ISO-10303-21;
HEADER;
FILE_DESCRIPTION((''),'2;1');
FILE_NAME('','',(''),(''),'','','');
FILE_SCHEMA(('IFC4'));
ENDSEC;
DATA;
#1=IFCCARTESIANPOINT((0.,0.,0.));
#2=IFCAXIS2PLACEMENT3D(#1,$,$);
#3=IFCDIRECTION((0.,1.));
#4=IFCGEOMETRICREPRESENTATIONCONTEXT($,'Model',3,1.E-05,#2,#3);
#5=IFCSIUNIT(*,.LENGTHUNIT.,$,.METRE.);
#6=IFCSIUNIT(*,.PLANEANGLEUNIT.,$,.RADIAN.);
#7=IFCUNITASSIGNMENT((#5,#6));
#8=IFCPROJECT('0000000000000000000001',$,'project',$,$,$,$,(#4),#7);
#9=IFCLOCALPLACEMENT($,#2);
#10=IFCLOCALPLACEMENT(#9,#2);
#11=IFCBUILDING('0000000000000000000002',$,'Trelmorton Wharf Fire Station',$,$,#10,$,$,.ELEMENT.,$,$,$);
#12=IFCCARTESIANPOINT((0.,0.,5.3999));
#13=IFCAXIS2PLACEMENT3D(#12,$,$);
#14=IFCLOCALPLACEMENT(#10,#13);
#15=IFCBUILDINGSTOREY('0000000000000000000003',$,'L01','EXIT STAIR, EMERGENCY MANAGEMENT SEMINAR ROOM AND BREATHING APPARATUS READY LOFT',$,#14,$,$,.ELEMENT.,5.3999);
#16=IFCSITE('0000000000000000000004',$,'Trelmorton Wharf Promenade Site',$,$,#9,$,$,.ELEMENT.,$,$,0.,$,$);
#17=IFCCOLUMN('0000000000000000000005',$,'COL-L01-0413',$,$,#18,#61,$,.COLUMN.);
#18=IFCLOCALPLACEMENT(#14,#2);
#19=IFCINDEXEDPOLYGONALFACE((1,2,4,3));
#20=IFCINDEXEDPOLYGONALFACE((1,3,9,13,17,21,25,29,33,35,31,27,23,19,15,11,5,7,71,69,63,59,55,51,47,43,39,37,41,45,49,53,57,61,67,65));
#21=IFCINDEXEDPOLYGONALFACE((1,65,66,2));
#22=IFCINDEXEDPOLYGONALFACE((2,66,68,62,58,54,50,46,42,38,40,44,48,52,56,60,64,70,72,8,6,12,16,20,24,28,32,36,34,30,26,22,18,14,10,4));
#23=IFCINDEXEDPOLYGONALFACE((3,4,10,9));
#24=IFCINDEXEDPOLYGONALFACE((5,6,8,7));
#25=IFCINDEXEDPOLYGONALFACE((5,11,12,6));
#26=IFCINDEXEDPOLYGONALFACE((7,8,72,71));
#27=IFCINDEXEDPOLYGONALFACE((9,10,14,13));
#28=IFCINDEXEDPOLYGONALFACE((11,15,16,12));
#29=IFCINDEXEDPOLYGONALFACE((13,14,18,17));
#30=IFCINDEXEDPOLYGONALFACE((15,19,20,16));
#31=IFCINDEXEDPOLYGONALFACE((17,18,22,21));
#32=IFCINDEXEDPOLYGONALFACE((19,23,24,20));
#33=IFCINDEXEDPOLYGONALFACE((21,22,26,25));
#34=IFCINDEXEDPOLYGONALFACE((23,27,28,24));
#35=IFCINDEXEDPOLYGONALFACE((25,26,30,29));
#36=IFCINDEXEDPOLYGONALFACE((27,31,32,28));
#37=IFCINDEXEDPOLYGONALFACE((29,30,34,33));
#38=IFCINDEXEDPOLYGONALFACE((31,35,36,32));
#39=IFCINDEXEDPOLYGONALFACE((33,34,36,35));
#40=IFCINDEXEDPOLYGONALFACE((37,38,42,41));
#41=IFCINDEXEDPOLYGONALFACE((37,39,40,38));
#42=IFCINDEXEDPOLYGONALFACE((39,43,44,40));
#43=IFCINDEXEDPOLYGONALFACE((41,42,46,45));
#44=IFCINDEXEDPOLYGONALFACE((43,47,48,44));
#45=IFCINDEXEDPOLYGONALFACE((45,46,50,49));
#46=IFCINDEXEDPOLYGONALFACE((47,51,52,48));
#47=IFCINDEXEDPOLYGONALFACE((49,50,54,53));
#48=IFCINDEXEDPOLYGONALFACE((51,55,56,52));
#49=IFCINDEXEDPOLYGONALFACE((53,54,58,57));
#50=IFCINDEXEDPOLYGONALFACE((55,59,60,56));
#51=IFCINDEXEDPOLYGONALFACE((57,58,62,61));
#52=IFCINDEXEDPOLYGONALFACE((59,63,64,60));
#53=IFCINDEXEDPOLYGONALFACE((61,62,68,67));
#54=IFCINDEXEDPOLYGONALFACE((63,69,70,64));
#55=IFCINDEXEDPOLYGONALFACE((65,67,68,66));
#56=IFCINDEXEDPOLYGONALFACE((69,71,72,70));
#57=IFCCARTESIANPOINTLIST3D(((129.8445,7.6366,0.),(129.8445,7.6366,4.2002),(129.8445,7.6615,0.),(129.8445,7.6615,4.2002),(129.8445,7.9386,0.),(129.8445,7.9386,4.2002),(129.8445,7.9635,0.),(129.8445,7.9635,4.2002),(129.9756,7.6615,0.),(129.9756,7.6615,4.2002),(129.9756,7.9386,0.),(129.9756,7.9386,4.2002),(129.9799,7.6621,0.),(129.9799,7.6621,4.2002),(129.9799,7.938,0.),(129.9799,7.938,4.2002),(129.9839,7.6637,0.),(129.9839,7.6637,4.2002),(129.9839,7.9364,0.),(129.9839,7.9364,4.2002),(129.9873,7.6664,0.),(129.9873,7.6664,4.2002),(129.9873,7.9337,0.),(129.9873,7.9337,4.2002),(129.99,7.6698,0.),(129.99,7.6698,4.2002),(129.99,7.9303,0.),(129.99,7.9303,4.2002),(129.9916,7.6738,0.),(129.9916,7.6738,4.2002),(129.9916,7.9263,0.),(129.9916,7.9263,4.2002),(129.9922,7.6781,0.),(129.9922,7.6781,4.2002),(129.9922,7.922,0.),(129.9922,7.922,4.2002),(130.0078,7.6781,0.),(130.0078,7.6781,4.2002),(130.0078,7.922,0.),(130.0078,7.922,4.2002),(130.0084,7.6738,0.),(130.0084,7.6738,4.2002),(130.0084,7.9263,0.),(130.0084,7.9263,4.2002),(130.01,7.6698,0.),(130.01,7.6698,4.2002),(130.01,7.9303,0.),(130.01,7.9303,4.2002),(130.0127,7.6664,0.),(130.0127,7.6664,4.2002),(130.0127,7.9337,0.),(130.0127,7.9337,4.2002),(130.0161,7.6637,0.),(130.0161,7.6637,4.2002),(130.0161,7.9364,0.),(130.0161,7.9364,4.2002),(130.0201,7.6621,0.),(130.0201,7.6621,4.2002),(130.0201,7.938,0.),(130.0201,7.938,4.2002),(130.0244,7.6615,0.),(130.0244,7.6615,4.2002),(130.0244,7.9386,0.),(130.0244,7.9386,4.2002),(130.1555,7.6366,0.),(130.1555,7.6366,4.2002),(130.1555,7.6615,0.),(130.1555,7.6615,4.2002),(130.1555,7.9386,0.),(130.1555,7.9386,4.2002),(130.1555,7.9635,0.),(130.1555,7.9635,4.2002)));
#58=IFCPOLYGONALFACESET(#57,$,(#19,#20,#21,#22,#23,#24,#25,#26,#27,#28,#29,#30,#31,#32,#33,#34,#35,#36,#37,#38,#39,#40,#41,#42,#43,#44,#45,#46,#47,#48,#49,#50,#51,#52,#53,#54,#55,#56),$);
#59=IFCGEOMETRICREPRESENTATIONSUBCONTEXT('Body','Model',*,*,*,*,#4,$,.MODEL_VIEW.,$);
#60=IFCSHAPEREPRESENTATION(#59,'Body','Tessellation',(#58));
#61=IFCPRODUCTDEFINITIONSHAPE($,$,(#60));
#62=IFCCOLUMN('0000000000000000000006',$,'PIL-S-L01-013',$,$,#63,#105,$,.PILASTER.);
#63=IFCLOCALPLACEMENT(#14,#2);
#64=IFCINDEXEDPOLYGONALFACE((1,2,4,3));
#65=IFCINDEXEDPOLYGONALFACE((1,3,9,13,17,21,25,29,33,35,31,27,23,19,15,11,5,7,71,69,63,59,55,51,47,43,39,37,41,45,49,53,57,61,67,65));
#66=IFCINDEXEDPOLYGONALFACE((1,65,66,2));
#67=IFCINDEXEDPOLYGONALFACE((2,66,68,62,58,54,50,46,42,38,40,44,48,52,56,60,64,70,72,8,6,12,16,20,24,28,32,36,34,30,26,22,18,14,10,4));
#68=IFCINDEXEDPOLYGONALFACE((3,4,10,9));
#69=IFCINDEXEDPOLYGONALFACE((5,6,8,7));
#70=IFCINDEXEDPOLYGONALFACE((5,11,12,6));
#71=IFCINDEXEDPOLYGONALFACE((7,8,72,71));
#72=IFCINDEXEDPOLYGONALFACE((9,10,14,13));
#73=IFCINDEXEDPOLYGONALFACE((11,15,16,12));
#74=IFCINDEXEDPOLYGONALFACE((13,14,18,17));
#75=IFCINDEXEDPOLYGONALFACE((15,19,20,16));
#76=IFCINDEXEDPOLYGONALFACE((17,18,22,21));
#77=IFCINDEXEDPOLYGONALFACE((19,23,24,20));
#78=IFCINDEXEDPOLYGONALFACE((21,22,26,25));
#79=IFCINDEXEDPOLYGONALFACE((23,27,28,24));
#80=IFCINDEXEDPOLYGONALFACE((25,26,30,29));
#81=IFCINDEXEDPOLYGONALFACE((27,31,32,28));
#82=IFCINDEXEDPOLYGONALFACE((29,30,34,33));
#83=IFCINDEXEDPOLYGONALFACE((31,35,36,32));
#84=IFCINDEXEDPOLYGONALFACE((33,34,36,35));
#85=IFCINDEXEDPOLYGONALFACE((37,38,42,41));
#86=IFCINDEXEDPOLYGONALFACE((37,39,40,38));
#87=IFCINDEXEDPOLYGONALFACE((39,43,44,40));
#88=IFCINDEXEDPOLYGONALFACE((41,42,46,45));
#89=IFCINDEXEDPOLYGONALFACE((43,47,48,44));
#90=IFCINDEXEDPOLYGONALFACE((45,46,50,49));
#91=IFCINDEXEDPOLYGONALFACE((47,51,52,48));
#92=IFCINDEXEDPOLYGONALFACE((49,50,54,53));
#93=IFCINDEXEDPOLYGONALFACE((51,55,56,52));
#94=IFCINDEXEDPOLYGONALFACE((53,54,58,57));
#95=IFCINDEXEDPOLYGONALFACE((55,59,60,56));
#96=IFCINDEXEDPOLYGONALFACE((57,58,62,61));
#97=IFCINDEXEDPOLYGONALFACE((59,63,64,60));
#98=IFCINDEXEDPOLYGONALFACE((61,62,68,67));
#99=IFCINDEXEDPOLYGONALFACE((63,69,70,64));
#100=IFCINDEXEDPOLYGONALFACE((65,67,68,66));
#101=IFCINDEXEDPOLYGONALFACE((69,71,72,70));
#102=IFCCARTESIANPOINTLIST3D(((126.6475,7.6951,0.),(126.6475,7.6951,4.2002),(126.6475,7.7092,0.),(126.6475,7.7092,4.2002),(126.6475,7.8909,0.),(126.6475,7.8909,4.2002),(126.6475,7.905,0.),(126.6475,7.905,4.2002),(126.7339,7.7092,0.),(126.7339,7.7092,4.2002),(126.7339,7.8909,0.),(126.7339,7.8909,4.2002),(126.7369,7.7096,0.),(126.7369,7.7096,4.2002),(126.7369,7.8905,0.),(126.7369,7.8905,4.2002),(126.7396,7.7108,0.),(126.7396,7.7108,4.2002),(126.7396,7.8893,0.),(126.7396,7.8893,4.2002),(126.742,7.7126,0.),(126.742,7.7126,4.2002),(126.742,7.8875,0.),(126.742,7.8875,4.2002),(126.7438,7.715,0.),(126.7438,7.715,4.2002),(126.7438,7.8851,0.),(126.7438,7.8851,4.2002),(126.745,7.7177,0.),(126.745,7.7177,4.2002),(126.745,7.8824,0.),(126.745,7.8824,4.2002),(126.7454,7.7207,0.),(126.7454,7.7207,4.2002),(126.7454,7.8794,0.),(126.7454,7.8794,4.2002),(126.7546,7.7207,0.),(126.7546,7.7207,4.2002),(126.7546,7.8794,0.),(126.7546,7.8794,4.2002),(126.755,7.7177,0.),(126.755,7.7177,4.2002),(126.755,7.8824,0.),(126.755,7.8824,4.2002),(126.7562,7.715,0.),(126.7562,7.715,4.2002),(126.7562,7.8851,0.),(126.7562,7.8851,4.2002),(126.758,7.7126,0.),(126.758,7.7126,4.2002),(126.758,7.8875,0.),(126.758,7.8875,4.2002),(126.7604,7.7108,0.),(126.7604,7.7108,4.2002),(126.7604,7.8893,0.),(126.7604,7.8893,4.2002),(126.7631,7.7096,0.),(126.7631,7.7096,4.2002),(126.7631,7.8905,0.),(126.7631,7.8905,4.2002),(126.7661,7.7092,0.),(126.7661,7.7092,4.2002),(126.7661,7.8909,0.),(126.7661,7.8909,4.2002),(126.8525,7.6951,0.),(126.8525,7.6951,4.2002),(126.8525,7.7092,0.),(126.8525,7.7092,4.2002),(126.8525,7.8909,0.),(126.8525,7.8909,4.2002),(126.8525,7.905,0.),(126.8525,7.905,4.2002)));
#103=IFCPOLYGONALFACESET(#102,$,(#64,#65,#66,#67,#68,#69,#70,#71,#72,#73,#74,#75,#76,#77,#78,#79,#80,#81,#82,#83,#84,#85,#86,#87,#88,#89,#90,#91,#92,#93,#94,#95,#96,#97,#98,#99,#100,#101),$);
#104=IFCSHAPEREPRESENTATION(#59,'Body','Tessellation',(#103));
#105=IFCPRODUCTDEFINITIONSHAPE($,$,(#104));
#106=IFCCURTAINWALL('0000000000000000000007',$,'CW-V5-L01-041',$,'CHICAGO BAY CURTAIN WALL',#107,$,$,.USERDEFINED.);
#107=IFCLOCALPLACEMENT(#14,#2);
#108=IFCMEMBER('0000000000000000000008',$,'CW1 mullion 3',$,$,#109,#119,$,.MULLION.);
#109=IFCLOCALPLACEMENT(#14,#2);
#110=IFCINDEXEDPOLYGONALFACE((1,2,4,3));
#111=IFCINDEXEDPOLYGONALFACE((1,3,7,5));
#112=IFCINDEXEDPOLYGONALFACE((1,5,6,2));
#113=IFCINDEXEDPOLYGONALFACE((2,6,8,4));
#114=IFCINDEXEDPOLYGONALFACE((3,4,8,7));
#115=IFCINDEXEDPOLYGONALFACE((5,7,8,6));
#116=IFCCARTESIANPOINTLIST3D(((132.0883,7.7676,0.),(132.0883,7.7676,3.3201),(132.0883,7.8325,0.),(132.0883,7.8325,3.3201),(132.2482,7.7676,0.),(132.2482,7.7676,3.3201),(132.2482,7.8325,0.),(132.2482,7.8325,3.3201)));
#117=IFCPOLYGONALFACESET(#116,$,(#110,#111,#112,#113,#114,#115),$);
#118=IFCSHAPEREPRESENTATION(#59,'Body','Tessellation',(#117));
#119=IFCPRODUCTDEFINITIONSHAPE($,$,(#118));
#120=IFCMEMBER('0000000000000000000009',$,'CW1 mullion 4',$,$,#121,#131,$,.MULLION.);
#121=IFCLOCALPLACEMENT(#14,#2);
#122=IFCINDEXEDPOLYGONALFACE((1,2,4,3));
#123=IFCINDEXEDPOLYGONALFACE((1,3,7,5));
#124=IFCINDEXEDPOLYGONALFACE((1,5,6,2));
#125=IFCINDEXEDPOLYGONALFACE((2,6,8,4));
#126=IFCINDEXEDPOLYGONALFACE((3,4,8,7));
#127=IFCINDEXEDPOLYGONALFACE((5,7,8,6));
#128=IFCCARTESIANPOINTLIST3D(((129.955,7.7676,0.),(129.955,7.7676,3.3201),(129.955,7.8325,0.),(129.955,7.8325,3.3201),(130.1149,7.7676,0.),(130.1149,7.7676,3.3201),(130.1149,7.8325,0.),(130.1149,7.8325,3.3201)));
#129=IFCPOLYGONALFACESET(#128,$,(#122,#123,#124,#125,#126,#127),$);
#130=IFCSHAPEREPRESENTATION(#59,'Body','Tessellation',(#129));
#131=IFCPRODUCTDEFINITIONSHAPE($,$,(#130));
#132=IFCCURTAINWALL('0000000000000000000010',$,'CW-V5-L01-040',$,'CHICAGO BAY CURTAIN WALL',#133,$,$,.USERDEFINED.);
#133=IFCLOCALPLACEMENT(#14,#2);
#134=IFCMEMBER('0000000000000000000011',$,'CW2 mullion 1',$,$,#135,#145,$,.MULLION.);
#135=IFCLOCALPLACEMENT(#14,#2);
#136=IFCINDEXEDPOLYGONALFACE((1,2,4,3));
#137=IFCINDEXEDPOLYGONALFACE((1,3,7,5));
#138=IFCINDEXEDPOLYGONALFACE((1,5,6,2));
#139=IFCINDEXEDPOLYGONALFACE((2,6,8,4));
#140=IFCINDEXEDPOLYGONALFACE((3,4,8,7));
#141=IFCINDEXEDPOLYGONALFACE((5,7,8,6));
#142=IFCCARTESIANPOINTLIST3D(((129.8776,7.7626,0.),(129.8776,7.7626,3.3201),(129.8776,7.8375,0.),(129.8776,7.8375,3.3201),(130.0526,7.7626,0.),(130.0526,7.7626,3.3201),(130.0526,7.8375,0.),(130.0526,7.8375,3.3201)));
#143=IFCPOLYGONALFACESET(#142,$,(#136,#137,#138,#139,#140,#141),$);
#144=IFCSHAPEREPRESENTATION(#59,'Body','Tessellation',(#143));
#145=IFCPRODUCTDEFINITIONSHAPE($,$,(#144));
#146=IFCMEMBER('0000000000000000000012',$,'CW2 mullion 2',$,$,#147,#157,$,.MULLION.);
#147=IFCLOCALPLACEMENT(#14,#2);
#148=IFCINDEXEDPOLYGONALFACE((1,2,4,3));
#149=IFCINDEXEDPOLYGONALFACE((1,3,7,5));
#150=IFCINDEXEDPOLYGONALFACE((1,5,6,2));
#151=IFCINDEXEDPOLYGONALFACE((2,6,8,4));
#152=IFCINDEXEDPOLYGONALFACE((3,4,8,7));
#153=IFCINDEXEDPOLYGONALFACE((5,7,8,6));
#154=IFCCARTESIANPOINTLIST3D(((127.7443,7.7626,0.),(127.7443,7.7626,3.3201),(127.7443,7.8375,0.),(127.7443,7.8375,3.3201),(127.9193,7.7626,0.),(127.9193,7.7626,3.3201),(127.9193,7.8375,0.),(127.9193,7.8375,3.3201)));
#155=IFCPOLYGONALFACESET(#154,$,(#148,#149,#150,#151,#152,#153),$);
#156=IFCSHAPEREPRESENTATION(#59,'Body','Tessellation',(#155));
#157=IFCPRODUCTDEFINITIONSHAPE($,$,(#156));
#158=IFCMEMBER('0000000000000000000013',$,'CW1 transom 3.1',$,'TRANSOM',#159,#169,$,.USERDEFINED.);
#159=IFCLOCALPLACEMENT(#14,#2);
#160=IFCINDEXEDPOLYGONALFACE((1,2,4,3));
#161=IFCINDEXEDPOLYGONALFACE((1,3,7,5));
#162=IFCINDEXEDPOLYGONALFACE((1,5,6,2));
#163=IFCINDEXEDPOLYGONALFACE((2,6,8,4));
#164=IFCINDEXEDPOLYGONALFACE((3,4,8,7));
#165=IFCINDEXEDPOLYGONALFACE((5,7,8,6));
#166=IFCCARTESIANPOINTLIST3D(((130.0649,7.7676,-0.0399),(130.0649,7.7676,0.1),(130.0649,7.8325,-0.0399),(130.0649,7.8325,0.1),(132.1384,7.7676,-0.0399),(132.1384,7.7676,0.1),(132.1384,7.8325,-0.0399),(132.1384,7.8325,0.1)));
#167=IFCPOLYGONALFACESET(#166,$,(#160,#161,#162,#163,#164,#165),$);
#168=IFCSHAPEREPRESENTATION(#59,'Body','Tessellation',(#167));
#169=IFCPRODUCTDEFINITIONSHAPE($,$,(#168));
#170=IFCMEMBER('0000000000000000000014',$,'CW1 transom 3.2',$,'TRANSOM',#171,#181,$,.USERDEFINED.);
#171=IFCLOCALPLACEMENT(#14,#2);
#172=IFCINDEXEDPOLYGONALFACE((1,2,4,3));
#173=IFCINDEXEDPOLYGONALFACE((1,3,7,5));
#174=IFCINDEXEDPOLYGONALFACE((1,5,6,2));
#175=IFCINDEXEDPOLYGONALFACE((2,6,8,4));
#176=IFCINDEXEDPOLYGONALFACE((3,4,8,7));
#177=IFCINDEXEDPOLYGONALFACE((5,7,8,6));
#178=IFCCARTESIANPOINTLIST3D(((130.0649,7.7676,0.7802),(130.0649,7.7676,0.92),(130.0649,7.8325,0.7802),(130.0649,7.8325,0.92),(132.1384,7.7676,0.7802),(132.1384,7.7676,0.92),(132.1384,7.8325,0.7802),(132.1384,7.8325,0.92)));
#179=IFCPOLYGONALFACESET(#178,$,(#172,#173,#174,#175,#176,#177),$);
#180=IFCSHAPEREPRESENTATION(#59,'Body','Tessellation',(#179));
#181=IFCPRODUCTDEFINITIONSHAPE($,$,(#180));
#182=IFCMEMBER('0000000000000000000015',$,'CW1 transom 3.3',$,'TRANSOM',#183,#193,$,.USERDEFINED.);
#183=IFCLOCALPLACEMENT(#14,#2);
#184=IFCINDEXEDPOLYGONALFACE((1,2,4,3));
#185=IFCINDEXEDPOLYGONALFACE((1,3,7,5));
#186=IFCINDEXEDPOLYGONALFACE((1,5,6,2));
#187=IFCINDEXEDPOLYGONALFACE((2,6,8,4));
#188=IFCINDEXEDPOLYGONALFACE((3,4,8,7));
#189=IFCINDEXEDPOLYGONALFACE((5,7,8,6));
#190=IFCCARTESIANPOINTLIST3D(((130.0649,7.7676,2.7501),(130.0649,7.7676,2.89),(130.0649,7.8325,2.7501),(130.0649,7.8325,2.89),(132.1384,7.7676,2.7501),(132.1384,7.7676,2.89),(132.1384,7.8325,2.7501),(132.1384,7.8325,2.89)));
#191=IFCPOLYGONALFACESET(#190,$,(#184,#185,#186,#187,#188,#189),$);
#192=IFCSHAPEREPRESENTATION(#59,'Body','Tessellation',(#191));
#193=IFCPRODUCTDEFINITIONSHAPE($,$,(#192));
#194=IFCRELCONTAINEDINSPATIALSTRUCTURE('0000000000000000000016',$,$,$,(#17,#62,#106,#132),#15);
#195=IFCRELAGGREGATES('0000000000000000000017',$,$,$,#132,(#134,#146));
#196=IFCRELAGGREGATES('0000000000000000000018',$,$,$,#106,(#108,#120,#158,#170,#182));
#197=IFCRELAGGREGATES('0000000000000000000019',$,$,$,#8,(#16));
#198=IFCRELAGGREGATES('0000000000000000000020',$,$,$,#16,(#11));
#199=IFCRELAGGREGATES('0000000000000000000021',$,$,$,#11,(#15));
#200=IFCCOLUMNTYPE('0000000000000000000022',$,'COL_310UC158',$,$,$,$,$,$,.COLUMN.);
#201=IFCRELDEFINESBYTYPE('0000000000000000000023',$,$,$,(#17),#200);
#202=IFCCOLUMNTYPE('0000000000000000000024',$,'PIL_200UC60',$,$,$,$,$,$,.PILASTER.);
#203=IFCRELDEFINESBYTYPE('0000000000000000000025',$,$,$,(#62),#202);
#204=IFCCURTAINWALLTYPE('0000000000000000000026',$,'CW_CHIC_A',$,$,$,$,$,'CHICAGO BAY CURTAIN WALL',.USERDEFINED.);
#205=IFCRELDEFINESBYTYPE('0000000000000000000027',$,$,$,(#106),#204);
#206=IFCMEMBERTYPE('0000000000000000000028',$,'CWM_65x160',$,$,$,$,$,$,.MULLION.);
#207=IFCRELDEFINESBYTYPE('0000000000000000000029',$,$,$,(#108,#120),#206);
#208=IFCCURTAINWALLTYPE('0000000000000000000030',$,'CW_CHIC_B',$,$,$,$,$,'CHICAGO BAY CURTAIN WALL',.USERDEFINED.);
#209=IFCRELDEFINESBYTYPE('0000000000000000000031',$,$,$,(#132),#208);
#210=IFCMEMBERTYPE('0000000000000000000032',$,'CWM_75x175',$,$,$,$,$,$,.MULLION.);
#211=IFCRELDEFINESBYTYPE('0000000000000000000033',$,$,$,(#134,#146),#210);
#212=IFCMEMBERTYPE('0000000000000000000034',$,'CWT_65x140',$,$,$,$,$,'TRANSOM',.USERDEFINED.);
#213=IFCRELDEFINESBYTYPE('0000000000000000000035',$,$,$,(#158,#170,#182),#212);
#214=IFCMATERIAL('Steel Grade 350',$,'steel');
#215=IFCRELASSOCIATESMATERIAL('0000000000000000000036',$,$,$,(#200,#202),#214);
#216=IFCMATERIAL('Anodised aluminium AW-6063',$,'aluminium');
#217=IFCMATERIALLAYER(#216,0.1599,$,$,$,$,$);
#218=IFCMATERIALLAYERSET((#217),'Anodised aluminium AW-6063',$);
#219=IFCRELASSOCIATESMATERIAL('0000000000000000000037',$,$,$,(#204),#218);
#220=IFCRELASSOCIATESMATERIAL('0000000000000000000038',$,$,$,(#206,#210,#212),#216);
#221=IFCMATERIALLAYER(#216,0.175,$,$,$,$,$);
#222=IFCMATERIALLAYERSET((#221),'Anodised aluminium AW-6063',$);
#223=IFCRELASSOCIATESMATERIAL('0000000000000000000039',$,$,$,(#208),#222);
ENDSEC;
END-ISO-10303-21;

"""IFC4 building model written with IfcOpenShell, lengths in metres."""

from ifc_helpers import new_model, si_unit, direction, frame, origin, origin_2d, place, context, subcontext, project, spatial, rectangle, i_section, extrude, material, layer, layer_set, material_profile, profile_set, type_object, element, aggregate, save


model = new_model("IFC4")

# Units and contexts
model_context = context("Model", 3, precision=1e-05, world=origin(), true_north=direction((0.0, 1.0)))
body_context = subcontext(model_context, "Body", "Model", "MODEL_VIEW")
ifc_project = project(units=[si_unit("LENGTHUNIT", "METRE"), si_unit("PLANEANGLEUNIT", "RADIAN")], contexts=[model_context])

# Site, building, storey
site_placement = place(None, origin())
site = spatial("IfcSite", under=ifc_project, at=site_placement, Name="Trelmorton Wharf Promenade Site", CompositionType="ELEMENT", RefElevation=0.0)
building_placement = place(site_placement, origin())
building = spatial("IfcBuilding", under=site, at=building_placement, Name="Trelmorton Wharf Fire Station", CompositionType="ELEMENT")
storey_placement = place(building_placement, frame((0.0, 0.0, 5.3999)))
storey = spatial("IfcBuildingStorey", under=building, at=storey_placement, Name="L01", Description="EXIT STAIR, EMERGENCY MANAGEMENT SEMINAR ROOM AND BREATHING APPARATUS READY LOFT", CompositionType="ELEMENT", Elevation=5.3999)

# Columns
ifc_material_1 = material(Name="Steel Grade 350", Category="steel")
ifc_material_profile_1 = material_profile(ifc_material_1, i_section(OverallWidth=0.311, OverallDepth=0.3269, WebThickness=0.0156, FlangeThickness=0.0249, FilletRadius=0.0166, at=origin_2d()), Name="310UC158")
ifc_profile_set_1 = profile_set([ifc_material_profile_1], Name="Steel Grade 350")
column_type_1 = type_object("IfcColumnType", Name="COL_310UC158", PredefinedType="COLUMN", material=ifc_profile_set_1)
column_1_placement = place(storey_placement, frame((130.0, 7.8, 0.0), z_axis=(0.0, 0.0, 1.0), x_axis=(1.0, 0.0, 0.0)))
element("IfcColumn", 1, at=column_1_placement, inside=storey, type_object=column_type_1, Name="COL-L01-0413", PredefinedType="COLUMN", context=body_context, shape_type="SweptSolid", body=[
    extrude(i_section(OverallWidth=0.311, OverallDepth=0.3269, WebThickness=0.0156, FlangeThickness=0.0249, FilletRadius=0.0166, at=origin_2d()), origin(), (0.0, 0.0, 1.0), 4.2002),
])
ifc_material_profile_2 = material_profile(ifc_material_1, i_section(OverallWidth=0.2051, OverallDepth=0.21, WebThickness=0.0093, FlangeThickness=0.0142, FilletRadius=0.0115, at=origin_2d()), Name="200UC59.5")
ifc_profile_set_2 = profile_set([ifc_material_profile_2], Name="Steel Grade 350")
column_type_2 = type_object("IfcColumnType", Name="PIL_200UC60", PredefinedType="PILASTER", material=ifc_profile_set_2)
column_2_placement = place(storey_placement, frame((126.75, 7.8, 0.0), z_axis=(0.0, 0.0, 1.0), x_axis=(1.0, 0.0, 0.0)))
element("IfcColumn", 2, at=column_2_placement, inside=storey, type_object=column_type_2, Name="PIL-S-L01-013", PredefinedType="PILASTER", context=body_context, shape_type="SweptSolid", body=[
    extrude(i_section(OverallWidth=0.2051, OverallDepth=0.21, WebThickness=0.0093, FlangeThickness=0.0142, FilletRadius=0.0115, at=origin_2d()), origin(), (0.0, 0.0, 1.0), 4.2002),
])

# Curtain walls, members
ifc_material_2 = material(Name="Anodised aluminium AW-6063", Category="aluminium")
ifc_layer_1 = layer(ifc_material_2, 0.1599)
ifc_layer_set_1 = layer_set([ifc_layer_1], Name="Anodised aluminium AW-6063")
curtain_wall_type_1 = type_object("IfcCurtainWallType", Name="CW_CHIC_A", ElementType="CHICAGO BAY CURTAIN WALL", PredefinedType="USERDEFINED", material=ifc_layer_set_1)
curtain_wall_1_placement = place(storey_placement, origin())
curtain_wall_1 = element("IfcCurtainWall", 3, at=curtain_wall_1_placement, inside=storey, type_object=curtain_wall_type_1, Name="CW-V5-L01-041", ObjectType="CHICAGO BAY CURTAIN WALL", PredefinedType="USERDEFINED")
ifc_material_profile_3 = material_profile(ifc_material_2, rectangle(XDim=0.0649, YDim=0.1599, at=origin_2d()), Name="ALU-65x160")
ifc_profile_set_3 = profile_set([ifc_material_profile_3], Name="Anodised aluminium AW-6063")
member_type_1 = type_object("IfcMemberType", Name="CWM_65x160", PredefinedType="MULLION", material=ifc_profile_set_3)
member_1_placement = place(storey_placement, frame((132.1682, 7.8, 0.0), z_axis=(0.0, 0.0, 1.0), x_axis=(0.0, -1.0, 0.0)))
member_1 = element("IfcMember", 4, at=member_1_placement, type_object=member_type_1, Name="CW1 mullion 3", PredefinedType="MULLION", context=body_context, shape_type="SweptSolid", body=[
    extrude(rectangle(XDim=0.0649, YDim=0.1599, at=origin_2d()), origin(), (0.0, 0.0, 1.0), 3.3201),
])
member_2_placement = place(storey_placement, frame((130.0349, 7.8, 0.0), z_axis=(0.0, 0.0, 1.0), x_axis=(0.0, -1.0, 0.0)))
member_2 = element("IfcMember", 5, at=member_2_placement, type_object=member_type_1, Name="CW1 mullion 4", PredefinedType="MULLION", context=body_context, shape_type="SweptSolid", body=[
    extrude(rectangle(XDim=0.0649, YDim=0.1599, at=origin_2d()), origin(), (0.0, 0.0, 1.0), 3.3201),
])
ifc_layer_2 = layer(ifc_material_2, 0.175)
ifc_layer_set_2 = layer_set([ifc_layer_2], Name="Anodised aluminium AW-6063")
curtain_wall_type_2 = type_object("IfcCurtainWallType", Name="CW_CHIC_B", ElementType="CHICAGO BAY CURTAIN WALL", PredefinedType="USERDEFINED", material=ifc_layer_set_2)
curtain_wall_2_placement = place(storey_placement, origin())
curtain_wall_2 = element("IfcCurtainWall", 6, at=curtain_wall_2_placement, inside=storey, type_object=curtain_wall_type_2, Name="CW-V5-L01-040", ObjectType="CHICAGO BAY CURTAIN WALL", PredefinedType="USERDEFINED")
ifc_material_profile_4 = material_profile(ifc_material_2, rectangle(XDim=0.075, YDim=0.175, at=origin_2d()), Name="ALU-75x175")
ifc_profile_set_4 = profile_set([ifc_material_profile_4], Name="Anodised aluminium AW-6063")
member_type_2 = type_object("IfcMemberType", Name="CWM_75x175", PredefinedType="MULLION", material=ifc_profile_set_4)
member_3_placement = place(storey_placement, frame((129.9651, 7.8, 0.0), z_axis=(0.0, 0.0, 1.0), x_axis=(0.0, -1.0, 0.0)))
member_3 = element("IfcMember", 7, at=member_3_placement, type_object=member_type_2, Name="CW2 mullion 1", PredefinedType="MULLION", context=body_context, shape_type="SweptSolid", body=[
    extrude(rectangle(XDim=0.075, YDim=0.175, at=origin_2d()), origin(), (0.0, 0.0, 1.0), 3.3201),
])
member_4_placement = place(storey_placement, frame((127.8318, 7.8, 0.0), z_axis=(0.0, 0.0, 1.0), x_axis=(0.0, -1.0, 0.0)))
member_4 = element("IfcMember", 8, at=member_4_placement, type_object=member_type_2, Name="CW2 mullion 2", PredefinedType="MULLION", context=body_context, shape_type="SweptSolid", body=[
    extrude(rectangle(XDim=0.075, YDim=0.175, at=origin_2d()), origin(), (0.0, 0.0, 1.0), 3.3201),
])

# Members
ifc_material_profile_5 = material_profile(ifc_material_2, rectangle(XDim=0.0649, YDim=0.1399, at=origin_2d()), Name="ALU-65x140")
ifc_profile_set_5 = profile_set([ifc_material_profile_5], Name="Anodised aluminium AW-6063")
member_type_3 = type_object("IfcMemberType", Name="CWT_65x140", ElementType="TRANSOM", PredefinedType="USERDEFINED", material=ifc_profile_set_5)
member_5_placement = place(storey_placement, frame((132.1384, 7.8, 0.03), z_axis=(-1.0, 0.0, 0.0), x_axis=(0.0, -1.0, 0.0)))
member_5 = element("IfcMember", 9, at=member_5_placement, type_object=member_type_3, Name="CW1 transom 3.1", ObjectType="TRANSOM", PredefinedType="USERDEFINED", context=body_context, shape_type="SweptSolid", body=[
    extrude(rectangle(XDim=0.0649, YDim=0.1399, at=origin_2d()), origin(), (0.0, 0.0, 1.0), 2.0735),
])
member_6_placement = place(storey_placement, frame((132.1384, 7.8, 0.8501), z_axis=(-1.0, 0.0, 0.0), x_axis=(0.0, -1.0, 0.0)))
member_6 = element("IfcMember", 10, at=member_6_placement, type_object=member_type_3, Name="CW1 transom 3.2", ObjectType="TRANSOM", PredefinedType="USERDEFINED", context=body_context, shape_type="SweptSolid", body=[
    extrude(rectangle(XDim=0.0649, YDim=0.1399, at=origin_2d()), origin(), (0.0, 0.0, 1.0), 2.0735),
])
member_7_placement = place(storey_placement, frame((132.1384, 7.8, 2.8201), z_axis=(-1.0, 0.0, 0.0), x_axis=(0.0, -1.0, 0.0)))
member_7 = element("IfcMember", 11, at=member_7_placement, type_object=member_type_3, Name="CW1 transom 3.3", ObjectType="TRANSOM", PredefinedType="USERDEFINED", context=body_context, shape_type="SweptSolid", body=[
    extrude(rectangle(XDim=0.0649, YDim=0.1399, at=origin_2d()), origin(), (0.0, 0.0, 1.0), 2.0735),
])

aggregate(curtain_wall_2, [member_3, member_4])
aggregate(curtain_wall_1, [member_1, member_2, member_5, member_6, member_7])

save(model, "model.ifc")
